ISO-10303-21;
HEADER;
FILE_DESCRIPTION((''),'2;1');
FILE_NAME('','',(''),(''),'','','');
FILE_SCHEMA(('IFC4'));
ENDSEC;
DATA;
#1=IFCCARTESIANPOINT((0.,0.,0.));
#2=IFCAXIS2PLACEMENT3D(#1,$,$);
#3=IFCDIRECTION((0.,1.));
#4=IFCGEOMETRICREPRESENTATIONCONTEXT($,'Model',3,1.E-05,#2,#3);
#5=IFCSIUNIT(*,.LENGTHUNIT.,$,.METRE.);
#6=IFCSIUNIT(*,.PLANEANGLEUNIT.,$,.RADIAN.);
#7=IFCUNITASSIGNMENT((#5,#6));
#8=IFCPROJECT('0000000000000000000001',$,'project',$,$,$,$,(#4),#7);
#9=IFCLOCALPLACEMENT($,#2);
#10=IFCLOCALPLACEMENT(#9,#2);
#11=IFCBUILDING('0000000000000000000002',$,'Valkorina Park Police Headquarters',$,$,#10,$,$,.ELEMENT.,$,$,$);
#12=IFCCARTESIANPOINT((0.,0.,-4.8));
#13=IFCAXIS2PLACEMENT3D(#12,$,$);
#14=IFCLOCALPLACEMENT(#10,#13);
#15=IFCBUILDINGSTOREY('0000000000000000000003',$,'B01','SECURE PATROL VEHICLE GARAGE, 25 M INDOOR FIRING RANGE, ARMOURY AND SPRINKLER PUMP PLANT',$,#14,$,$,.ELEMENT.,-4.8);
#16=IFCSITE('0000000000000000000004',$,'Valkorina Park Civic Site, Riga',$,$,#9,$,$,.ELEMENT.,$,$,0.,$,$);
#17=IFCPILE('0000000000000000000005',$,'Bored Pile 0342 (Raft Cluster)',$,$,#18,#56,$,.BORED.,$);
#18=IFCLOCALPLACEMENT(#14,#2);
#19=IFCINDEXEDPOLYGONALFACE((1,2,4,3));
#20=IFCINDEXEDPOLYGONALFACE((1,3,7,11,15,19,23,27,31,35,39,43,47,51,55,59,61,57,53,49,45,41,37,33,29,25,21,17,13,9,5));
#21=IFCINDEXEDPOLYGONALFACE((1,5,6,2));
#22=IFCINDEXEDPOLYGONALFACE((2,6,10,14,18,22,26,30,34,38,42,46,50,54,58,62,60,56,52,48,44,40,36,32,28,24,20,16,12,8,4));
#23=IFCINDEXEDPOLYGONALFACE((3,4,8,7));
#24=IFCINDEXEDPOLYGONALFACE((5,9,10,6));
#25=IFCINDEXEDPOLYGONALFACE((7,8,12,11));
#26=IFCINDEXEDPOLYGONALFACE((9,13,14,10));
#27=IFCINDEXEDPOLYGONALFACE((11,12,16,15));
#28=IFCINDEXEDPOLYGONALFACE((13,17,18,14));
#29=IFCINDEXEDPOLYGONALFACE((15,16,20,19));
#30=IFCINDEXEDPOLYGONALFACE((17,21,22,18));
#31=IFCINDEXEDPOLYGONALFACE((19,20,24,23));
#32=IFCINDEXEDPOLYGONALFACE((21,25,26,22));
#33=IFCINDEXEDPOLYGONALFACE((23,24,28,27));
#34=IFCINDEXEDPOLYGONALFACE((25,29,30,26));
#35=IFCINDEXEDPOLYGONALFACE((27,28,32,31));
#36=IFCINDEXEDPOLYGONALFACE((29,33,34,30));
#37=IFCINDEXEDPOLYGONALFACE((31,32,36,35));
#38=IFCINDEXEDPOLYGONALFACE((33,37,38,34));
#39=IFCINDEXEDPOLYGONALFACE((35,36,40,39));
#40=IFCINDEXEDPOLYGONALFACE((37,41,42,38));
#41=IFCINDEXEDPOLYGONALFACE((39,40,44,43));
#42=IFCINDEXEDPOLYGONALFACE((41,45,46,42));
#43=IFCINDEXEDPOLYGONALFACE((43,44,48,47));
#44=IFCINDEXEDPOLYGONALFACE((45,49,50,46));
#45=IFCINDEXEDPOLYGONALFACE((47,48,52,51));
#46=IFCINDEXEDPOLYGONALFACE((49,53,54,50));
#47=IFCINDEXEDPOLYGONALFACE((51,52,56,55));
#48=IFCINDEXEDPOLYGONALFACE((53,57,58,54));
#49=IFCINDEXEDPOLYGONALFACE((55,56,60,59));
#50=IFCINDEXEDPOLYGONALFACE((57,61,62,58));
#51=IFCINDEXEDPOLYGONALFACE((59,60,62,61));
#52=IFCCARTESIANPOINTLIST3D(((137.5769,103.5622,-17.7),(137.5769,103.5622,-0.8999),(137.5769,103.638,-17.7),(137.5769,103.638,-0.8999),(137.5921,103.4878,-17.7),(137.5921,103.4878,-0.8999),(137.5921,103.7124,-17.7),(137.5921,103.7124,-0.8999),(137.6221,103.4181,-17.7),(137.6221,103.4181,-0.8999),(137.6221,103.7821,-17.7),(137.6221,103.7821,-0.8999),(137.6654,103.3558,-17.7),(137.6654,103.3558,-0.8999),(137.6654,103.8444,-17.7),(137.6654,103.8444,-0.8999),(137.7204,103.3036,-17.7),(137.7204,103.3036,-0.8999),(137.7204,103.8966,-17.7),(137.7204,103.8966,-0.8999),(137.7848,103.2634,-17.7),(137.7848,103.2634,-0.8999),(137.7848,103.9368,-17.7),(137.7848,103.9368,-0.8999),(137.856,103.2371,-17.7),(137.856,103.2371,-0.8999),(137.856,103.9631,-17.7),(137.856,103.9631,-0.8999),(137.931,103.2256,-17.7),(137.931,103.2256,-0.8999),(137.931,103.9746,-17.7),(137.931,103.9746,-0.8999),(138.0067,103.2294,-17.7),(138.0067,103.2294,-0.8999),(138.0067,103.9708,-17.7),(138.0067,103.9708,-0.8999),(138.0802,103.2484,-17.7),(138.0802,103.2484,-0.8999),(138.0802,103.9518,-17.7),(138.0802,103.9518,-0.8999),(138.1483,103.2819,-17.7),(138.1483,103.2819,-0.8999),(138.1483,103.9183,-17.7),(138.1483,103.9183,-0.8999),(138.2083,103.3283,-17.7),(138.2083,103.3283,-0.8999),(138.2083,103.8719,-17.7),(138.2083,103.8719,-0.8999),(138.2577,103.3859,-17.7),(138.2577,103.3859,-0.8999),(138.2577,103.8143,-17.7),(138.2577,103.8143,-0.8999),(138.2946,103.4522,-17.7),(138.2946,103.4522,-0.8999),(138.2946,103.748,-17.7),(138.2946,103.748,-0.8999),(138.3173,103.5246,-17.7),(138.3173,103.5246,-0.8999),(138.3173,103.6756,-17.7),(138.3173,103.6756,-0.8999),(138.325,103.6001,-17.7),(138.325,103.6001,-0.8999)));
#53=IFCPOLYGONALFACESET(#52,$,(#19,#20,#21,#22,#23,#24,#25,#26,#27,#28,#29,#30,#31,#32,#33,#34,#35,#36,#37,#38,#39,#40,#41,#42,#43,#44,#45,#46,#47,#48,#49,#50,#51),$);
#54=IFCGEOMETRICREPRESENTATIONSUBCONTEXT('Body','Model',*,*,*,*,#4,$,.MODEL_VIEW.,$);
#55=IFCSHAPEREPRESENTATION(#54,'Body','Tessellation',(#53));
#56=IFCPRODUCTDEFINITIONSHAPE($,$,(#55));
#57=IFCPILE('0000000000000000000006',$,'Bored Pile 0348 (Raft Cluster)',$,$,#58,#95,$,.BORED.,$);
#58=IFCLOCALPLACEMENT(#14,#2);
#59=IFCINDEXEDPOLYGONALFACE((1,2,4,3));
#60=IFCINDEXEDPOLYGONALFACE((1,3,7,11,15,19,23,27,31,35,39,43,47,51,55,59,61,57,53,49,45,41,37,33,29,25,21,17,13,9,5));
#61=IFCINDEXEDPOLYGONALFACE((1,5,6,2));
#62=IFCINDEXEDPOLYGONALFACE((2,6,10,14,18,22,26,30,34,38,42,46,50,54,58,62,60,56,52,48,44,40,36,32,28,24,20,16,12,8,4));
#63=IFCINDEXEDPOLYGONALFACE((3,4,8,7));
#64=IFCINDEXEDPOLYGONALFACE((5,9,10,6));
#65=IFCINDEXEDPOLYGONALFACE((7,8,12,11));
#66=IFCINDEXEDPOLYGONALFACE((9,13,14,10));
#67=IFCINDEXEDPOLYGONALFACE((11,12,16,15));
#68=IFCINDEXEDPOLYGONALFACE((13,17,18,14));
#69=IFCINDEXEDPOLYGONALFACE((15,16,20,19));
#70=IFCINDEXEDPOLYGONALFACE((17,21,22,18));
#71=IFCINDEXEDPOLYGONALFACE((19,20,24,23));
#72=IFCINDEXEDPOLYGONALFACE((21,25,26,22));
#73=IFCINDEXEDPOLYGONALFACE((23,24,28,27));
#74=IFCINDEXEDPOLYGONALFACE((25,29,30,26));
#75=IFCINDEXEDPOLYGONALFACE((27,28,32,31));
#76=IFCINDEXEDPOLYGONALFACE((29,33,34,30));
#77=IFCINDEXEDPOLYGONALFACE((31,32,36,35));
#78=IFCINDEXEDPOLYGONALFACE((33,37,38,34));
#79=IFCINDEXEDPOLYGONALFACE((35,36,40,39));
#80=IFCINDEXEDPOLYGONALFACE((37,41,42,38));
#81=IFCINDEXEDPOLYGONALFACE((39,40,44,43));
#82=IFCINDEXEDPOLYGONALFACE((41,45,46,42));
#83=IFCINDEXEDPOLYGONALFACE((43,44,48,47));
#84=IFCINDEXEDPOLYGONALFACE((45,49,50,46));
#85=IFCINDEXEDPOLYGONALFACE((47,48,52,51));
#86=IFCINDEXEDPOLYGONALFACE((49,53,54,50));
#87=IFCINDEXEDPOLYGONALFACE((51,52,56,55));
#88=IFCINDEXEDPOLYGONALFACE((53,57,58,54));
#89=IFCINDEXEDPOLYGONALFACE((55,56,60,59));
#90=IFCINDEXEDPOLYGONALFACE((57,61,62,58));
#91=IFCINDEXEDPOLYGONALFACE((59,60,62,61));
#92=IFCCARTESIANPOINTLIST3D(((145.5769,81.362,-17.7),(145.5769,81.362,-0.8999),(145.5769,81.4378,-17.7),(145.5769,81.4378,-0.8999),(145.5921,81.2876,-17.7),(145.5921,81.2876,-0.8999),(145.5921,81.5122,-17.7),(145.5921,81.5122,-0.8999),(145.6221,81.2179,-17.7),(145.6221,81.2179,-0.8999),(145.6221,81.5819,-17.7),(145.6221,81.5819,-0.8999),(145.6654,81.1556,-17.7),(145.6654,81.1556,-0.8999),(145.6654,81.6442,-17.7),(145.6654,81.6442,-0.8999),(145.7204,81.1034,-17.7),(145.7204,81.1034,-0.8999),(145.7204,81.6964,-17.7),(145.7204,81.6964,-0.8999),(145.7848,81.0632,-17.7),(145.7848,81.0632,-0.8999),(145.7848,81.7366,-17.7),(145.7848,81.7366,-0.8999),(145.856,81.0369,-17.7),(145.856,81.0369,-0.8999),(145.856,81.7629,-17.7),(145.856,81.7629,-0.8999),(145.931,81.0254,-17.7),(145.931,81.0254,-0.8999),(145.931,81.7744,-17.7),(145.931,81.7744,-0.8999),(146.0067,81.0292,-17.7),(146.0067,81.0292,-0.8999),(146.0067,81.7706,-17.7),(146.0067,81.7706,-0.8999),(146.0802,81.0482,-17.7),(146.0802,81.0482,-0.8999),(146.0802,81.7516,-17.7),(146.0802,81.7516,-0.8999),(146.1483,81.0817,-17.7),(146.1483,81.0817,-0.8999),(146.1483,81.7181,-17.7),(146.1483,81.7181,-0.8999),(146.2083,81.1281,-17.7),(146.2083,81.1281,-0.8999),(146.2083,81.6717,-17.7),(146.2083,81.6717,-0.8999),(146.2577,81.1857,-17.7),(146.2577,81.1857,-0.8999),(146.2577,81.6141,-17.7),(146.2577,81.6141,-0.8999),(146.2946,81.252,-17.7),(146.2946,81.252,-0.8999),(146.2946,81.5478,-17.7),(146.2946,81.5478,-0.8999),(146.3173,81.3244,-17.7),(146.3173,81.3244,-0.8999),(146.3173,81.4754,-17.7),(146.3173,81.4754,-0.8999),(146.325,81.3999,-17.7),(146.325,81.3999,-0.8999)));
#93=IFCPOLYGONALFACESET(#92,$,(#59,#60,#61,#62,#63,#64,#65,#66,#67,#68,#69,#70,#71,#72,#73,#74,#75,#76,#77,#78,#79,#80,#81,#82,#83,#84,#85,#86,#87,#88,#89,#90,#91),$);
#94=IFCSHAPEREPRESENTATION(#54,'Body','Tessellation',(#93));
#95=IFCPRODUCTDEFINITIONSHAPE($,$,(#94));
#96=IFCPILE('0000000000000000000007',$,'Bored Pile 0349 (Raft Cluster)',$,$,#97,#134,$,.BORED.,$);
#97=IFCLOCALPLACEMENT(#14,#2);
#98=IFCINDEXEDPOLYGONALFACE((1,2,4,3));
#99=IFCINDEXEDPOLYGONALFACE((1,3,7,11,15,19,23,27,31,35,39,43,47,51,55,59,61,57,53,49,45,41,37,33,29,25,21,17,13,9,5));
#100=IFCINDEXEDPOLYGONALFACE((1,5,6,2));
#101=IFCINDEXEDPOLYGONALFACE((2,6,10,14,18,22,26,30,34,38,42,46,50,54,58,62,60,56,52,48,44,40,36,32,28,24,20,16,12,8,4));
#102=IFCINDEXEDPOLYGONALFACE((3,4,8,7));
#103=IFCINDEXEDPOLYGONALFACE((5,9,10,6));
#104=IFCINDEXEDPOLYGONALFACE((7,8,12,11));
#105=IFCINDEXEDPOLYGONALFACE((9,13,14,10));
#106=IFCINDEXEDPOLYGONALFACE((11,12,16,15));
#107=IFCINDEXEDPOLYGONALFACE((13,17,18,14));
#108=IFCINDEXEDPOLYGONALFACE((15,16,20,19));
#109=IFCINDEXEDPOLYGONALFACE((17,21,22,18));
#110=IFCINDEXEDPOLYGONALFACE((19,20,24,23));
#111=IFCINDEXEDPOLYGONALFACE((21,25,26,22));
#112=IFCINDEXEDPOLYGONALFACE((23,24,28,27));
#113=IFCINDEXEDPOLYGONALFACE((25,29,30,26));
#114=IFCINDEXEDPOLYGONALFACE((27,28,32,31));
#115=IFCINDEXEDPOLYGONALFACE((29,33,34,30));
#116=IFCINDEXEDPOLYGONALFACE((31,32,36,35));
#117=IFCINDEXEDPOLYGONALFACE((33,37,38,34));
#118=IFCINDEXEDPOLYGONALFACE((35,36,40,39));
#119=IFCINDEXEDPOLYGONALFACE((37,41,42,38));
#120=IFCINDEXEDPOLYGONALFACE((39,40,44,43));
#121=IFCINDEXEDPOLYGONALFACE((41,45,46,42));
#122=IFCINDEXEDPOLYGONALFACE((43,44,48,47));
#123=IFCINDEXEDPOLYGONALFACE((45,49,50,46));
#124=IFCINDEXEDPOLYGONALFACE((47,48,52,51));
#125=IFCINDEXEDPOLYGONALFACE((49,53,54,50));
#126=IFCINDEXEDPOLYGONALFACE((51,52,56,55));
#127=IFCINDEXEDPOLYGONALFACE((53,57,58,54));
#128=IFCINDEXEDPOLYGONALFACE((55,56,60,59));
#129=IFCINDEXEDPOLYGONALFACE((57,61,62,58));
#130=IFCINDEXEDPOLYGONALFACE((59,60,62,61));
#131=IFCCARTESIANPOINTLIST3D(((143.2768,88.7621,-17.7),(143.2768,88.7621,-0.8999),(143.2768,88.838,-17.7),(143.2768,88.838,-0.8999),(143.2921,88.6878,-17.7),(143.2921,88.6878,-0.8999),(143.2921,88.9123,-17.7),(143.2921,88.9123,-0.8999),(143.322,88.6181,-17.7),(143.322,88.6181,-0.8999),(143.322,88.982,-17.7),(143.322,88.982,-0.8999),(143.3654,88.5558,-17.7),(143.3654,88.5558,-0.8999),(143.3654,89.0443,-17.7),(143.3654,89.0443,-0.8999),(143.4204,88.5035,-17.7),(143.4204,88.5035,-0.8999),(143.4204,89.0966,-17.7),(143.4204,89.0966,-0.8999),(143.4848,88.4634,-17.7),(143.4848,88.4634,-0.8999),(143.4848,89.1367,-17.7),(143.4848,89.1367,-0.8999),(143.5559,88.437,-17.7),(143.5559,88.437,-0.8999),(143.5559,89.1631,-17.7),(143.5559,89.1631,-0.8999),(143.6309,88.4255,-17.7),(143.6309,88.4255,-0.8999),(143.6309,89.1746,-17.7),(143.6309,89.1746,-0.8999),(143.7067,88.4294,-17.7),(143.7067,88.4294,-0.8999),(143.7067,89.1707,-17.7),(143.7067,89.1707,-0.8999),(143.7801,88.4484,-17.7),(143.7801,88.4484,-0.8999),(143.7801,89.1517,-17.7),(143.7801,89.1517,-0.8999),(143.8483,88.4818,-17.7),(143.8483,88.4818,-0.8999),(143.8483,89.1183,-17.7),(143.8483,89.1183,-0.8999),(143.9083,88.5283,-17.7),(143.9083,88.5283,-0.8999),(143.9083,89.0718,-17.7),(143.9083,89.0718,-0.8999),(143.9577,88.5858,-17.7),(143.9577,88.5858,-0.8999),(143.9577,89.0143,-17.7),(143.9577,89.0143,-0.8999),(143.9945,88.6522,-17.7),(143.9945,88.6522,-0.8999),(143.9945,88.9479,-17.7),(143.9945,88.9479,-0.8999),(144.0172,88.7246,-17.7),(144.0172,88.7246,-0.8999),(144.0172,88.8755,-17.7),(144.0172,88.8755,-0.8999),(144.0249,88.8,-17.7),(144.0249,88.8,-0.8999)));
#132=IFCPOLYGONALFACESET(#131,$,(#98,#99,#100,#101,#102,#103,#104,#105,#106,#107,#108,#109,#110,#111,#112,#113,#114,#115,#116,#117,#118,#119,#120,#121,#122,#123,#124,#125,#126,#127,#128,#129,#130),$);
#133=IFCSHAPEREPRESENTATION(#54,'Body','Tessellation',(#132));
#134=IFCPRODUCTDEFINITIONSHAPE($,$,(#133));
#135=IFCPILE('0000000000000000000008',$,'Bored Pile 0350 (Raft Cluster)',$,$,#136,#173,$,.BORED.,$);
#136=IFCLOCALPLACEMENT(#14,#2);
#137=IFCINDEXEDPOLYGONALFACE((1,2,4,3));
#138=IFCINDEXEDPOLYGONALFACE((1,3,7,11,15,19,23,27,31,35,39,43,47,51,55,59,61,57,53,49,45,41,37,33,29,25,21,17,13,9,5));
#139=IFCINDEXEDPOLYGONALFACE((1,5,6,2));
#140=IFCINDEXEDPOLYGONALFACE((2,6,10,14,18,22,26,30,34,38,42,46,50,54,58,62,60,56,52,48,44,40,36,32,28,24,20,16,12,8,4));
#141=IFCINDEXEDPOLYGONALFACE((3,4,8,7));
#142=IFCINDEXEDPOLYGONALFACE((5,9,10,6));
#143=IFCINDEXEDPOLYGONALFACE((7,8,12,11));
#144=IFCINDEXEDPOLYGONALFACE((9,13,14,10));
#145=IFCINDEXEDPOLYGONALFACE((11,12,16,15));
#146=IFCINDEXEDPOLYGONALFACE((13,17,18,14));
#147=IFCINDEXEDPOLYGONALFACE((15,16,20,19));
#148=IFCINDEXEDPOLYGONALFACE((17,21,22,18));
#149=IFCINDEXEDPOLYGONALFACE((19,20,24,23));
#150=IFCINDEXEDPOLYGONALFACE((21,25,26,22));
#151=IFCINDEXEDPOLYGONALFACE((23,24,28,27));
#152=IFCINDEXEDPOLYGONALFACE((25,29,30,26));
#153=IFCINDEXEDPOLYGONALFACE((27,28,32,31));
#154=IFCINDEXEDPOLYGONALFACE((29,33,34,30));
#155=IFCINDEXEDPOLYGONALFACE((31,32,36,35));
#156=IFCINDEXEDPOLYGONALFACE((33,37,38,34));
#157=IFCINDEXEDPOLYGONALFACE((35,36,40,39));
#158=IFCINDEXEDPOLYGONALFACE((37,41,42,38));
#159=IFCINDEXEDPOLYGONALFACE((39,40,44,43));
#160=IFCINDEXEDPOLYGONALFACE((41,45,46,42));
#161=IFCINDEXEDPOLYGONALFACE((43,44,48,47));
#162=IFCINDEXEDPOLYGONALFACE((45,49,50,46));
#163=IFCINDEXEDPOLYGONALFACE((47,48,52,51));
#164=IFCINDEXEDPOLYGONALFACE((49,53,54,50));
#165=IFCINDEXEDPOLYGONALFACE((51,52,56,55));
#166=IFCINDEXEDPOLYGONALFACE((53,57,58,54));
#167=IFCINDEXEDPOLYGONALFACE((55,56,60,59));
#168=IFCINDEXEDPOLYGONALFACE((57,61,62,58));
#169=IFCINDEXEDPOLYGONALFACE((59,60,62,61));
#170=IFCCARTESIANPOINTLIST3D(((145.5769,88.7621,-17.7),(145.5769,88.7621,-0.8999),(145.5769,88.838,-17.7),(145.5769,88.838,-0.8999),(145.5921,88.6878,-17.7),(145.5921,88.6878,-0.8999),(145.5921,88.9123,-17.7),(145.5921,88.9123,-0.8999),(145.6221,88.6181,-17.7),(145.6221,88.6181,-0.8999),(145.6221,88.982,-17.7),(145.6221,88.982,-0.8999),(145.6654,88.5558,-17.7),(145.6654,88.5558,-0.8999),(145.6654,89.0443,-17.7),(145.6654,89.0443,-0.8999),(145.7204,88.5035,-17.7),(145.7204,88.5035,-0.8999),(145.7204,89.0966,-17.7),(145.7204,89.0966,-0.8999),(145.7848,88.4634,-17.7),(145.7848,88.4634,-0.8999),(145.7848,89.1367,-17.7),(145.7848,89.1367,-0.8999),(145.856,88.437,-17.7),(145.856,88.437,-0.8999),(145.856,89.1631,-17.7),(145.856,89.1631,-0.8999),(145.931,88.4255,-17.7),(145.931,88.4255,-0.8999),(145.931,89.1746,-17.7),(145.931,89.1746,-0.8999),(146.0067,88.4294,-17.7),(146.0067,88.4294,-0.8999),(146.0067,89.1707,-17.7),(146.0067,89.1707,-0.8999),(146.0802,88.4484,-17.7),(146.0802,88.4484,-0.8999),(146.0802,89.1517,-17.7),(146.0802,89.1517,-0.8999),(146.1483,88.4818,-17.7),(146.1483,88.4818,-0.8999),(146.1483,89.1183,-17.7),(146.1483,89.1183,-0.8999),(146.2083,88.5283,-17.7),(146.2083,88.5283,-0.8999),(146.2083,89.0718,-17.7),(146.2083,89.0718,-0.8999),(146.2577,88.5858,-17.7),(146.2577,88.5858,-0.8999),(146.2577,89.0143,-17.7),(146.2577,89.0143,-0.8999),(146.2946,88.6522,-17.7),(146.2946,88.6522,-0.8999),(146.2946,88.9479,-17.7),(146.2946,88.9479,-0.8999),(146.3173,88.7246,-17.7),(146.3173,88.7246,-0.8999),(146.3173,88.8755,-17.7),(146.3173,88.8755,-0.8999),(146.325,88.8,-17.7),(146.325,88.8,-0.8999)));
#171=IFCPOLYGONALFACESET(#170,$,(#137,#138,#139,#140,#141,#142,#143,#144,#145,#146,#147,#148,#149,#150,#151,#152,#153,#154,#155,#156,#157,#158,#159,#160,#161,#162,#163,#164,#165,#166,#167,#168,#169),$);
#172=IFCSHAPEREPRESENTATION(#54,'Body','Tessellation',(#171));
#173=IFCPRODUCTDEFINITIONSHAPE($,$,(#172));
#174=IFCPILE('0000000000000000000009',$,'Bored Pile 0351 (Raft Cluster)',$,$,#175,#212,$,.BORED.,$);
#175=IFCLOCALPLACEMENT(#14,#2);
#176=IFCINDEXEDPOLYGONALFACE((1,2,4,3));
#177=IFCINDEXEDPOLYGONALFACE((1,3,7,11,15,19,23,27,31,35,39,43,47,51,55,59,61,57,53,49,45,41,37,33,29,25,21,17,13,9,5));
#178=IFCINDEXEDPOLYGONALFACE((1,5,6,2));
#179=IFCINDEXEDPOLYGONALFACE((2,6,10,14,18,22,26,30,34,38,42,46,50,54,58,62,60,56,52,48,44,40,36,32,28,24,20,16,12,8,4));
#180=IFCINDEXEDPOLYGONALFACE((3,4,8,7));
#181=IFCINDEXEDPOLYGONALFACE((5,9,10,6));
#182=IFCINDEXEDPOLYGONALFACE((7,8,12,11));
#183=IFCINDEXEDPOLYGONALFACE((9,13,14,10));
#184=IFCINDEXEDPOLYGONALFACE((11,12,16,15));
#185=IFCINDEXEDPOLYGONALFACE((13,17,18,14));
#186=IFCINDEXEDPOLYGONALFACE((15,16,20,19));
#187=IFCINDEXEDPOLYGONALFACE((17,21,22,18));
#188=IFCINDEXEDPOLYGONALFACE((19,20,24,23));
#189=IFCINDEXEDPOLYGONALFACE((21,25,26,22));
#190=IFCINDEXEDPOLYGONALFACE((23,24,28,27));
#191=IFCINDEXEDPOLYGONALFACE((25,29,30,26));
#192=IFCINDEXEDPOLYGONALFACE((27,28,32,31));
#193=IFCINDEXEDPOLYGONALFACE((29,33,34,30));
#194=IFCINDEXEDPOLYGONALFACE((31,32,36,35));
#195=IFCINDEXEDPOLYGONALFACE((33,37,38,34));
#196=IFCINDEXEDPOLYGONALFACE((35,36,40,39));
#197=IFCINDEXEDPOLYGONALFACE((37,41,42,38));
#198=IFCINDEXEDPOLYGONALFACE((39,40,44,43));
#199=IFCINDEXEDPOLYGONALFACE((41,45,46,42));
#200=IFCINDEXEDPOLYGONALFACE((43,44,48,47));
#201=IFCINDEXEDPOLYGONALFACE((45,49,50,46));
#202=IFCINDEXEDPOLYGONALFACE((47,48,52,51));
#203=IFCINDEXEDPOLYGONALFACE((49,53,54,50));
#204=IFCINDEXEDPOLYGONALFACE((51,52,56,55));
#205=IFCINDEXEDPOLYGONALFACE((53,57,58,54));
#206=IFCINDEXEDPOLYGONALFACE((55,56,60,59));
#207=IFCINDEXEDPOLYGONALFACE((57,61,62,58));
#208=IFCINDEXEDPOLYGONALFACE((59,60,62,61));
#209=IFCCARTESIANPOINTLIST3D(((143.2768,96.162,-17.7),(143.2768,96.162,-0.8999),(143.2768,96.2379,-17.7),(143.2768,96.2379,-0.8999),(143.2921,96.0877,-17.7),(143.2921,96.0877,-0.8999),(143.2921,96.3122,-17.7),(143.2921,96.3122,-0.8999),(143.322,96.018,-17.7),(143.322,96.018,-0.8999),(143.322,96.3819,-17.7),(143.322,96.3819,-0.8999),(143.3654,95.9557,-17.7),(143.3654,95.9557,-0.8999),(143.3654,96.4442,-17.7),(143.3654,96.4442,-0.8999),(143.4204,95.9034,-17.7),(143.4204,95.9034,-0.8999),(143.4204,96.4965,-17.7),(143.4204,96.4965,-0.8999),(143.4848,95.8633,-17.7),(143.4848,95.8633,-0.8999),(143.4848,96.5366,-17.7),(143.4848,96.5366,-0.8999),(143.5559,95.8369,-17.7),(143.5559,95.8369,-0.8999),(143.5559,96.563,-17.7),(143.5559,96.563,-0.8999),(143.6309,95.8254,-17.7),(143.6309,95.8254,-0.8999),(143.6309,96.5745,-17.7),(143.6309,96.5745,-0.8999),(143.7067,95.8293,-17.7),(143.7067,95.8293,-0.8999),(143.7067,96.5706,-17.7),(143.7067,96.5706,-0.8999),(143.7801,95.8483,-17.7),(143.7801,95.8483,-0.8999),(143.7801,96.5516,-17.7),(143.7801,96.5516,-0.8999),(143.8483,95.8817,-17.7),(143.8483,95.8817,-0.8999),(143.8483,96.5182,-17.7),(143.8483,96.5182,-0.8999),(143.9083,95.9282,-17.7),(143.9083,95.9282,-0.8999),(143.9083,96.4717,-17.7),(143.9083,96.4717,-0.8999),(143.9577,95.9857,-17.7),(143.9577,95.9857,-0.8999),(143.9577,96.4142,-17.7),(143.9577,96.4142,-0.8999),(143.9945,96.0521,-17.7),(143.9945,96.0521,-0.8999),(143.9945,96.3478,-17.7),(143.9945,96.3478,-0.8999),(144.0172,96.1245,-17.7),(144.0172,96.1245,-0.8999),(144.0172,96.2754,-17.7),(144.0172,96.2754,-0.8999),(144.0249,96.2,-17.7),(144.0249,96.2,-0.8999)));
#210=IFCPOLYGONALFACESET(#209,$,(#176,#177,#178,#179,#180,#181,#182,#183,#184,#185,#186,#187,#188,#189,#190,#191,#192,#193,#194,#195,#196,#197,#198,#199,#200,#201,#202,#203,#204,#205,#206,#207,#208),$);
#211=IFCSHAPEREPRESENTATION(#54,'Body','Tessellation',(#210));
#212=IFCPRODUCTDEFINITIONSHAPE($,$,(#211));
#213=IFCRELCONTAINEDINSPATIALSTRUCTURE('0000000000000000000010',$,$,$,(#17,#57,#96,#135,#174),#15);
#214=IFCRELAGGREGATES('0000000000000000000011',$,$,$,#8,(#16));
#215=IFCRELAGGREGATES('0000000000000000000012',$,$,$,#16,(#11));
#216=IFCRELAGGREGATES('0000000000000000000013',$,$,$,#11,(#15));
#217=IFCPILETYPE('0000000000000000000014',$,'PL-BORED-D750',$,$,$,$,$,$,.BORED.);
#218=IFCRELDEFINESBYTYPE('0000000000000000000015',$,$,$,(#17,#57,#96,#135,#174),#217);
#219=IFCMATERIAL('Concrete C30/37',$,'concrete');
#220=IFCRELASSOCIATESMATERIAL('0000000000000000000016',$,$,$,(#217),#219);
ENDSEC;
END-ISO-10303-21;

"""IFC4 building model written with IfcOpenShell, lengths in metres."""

from ifc_helpers import new_model, si_unit, direction, frame, origin, origin_2d, place, context, subcontext, project, spatial, circle, extrude, material, material_profile, profile_set, type_object, element, save


model = new_model("IFC4")

# Units and contexts
model_context = context("Model", 3, precision=1e-05, world=origin(), true_north=direction((0.0, 1.0)))
body_context = subcontext(model_context, "Body", "Model", "MODEL_VIEW")
ifc_project = project(units=[si_unit("LENGTHUNIT", "METRE"), si_unit("PLANEANGLEUNIT", "RADIAN")], contexts=[model_context])

# Site, building, storey
site_placement = place(None, origin())
site = spatial("IfcSite", under=ifc_project, at=site_placement, Name="Valkorina Park Civic Site, Riga", CompositionType="ELEMENT", RefElevation=0.0)
building_placement = place(site_placement, origin())
building = spatial("IfcBuilding", under=site, at=building_placement, Name="Valkorina Park Police Headquarters", CompositionType="ELEMENT")
storey_placement = place(building_placement, frame((0.0, 0.0, -4.8)))
storey = spatial("IfcBuildingStorey", under=building, at=storey_placement, Name="B01", Description="SECURE PATROL VEHICLE GARAGE, 25 M INDOOR FIRING RANGE, ARMOURY AND SPRINKLER PUMP PLANT", CompositionType="ELEMENT", Elevation=-4.8)

# Piles
ifc_material_1 = material(Name="Concrete C30/37", Category="concrete")
ifc_material_profile_1 = material_profile(ifc_material_1, circle(Radius=0.375, at=origin_2d()), Name="BORED PILE D750")
ifc_profile_set_1 = profile_set([ifc_material_profile_1], Name="Concrete C30/37")
pile_type_1 = type_object("IfcPileType", Name="PL-BORED-D750", PredefinedType="BORED", material=ifc_profile_set_1)
for number, where, z_axis, x_axis, name in (
    (1, (137.95, 103.6001, -0.8999), (0.0, 0.0, -1.0), (1.0, 0.0, 0.0), "Bored Pile 0342 (Raft Cluster)"),
    (2, (145.95, 81.3999, -0.8999), (0.0, 0.0, -1.0), (1.0, 0.0, 0.0), "Bored Pile 0348 (Raft Cluster)"),
    (3, (143.6499, 88.8, -0.8999), (0.0, 0.0, -1.0), (1.0, 0.0, 0.0), "Bored Pile 0349 (Raft Cluster)"),
    (4, (145.95, 88.8, -0.8999), (0.0, 0.0, -1.0), (1.0, 0.0, 0.0), "Bored Pile 0350 (Raft Cluster)"),
    (5, (143.6499, 96.2, -0.8999), (0.0, 0.0, -1.0), (1.0, 0.0, 0.0), "Bored Pile 0351 (Raft Cluster)"),
):
    element("IfcPile", number, at=place(storey_placement, frame(where, z_axis=z_axis, x_axis=x_axis)), inside=storey, type_object=pile_type_1, Name=name, PredefinedType="BORED", context=body_context, shape_type="SweptSolid", body=[
        extrude(circle(Radius=0.375, at=origin_2d()), origin(), (0.0, 0.0, 1.0), 16.8),
    ])

save(model, "model.ifc")
